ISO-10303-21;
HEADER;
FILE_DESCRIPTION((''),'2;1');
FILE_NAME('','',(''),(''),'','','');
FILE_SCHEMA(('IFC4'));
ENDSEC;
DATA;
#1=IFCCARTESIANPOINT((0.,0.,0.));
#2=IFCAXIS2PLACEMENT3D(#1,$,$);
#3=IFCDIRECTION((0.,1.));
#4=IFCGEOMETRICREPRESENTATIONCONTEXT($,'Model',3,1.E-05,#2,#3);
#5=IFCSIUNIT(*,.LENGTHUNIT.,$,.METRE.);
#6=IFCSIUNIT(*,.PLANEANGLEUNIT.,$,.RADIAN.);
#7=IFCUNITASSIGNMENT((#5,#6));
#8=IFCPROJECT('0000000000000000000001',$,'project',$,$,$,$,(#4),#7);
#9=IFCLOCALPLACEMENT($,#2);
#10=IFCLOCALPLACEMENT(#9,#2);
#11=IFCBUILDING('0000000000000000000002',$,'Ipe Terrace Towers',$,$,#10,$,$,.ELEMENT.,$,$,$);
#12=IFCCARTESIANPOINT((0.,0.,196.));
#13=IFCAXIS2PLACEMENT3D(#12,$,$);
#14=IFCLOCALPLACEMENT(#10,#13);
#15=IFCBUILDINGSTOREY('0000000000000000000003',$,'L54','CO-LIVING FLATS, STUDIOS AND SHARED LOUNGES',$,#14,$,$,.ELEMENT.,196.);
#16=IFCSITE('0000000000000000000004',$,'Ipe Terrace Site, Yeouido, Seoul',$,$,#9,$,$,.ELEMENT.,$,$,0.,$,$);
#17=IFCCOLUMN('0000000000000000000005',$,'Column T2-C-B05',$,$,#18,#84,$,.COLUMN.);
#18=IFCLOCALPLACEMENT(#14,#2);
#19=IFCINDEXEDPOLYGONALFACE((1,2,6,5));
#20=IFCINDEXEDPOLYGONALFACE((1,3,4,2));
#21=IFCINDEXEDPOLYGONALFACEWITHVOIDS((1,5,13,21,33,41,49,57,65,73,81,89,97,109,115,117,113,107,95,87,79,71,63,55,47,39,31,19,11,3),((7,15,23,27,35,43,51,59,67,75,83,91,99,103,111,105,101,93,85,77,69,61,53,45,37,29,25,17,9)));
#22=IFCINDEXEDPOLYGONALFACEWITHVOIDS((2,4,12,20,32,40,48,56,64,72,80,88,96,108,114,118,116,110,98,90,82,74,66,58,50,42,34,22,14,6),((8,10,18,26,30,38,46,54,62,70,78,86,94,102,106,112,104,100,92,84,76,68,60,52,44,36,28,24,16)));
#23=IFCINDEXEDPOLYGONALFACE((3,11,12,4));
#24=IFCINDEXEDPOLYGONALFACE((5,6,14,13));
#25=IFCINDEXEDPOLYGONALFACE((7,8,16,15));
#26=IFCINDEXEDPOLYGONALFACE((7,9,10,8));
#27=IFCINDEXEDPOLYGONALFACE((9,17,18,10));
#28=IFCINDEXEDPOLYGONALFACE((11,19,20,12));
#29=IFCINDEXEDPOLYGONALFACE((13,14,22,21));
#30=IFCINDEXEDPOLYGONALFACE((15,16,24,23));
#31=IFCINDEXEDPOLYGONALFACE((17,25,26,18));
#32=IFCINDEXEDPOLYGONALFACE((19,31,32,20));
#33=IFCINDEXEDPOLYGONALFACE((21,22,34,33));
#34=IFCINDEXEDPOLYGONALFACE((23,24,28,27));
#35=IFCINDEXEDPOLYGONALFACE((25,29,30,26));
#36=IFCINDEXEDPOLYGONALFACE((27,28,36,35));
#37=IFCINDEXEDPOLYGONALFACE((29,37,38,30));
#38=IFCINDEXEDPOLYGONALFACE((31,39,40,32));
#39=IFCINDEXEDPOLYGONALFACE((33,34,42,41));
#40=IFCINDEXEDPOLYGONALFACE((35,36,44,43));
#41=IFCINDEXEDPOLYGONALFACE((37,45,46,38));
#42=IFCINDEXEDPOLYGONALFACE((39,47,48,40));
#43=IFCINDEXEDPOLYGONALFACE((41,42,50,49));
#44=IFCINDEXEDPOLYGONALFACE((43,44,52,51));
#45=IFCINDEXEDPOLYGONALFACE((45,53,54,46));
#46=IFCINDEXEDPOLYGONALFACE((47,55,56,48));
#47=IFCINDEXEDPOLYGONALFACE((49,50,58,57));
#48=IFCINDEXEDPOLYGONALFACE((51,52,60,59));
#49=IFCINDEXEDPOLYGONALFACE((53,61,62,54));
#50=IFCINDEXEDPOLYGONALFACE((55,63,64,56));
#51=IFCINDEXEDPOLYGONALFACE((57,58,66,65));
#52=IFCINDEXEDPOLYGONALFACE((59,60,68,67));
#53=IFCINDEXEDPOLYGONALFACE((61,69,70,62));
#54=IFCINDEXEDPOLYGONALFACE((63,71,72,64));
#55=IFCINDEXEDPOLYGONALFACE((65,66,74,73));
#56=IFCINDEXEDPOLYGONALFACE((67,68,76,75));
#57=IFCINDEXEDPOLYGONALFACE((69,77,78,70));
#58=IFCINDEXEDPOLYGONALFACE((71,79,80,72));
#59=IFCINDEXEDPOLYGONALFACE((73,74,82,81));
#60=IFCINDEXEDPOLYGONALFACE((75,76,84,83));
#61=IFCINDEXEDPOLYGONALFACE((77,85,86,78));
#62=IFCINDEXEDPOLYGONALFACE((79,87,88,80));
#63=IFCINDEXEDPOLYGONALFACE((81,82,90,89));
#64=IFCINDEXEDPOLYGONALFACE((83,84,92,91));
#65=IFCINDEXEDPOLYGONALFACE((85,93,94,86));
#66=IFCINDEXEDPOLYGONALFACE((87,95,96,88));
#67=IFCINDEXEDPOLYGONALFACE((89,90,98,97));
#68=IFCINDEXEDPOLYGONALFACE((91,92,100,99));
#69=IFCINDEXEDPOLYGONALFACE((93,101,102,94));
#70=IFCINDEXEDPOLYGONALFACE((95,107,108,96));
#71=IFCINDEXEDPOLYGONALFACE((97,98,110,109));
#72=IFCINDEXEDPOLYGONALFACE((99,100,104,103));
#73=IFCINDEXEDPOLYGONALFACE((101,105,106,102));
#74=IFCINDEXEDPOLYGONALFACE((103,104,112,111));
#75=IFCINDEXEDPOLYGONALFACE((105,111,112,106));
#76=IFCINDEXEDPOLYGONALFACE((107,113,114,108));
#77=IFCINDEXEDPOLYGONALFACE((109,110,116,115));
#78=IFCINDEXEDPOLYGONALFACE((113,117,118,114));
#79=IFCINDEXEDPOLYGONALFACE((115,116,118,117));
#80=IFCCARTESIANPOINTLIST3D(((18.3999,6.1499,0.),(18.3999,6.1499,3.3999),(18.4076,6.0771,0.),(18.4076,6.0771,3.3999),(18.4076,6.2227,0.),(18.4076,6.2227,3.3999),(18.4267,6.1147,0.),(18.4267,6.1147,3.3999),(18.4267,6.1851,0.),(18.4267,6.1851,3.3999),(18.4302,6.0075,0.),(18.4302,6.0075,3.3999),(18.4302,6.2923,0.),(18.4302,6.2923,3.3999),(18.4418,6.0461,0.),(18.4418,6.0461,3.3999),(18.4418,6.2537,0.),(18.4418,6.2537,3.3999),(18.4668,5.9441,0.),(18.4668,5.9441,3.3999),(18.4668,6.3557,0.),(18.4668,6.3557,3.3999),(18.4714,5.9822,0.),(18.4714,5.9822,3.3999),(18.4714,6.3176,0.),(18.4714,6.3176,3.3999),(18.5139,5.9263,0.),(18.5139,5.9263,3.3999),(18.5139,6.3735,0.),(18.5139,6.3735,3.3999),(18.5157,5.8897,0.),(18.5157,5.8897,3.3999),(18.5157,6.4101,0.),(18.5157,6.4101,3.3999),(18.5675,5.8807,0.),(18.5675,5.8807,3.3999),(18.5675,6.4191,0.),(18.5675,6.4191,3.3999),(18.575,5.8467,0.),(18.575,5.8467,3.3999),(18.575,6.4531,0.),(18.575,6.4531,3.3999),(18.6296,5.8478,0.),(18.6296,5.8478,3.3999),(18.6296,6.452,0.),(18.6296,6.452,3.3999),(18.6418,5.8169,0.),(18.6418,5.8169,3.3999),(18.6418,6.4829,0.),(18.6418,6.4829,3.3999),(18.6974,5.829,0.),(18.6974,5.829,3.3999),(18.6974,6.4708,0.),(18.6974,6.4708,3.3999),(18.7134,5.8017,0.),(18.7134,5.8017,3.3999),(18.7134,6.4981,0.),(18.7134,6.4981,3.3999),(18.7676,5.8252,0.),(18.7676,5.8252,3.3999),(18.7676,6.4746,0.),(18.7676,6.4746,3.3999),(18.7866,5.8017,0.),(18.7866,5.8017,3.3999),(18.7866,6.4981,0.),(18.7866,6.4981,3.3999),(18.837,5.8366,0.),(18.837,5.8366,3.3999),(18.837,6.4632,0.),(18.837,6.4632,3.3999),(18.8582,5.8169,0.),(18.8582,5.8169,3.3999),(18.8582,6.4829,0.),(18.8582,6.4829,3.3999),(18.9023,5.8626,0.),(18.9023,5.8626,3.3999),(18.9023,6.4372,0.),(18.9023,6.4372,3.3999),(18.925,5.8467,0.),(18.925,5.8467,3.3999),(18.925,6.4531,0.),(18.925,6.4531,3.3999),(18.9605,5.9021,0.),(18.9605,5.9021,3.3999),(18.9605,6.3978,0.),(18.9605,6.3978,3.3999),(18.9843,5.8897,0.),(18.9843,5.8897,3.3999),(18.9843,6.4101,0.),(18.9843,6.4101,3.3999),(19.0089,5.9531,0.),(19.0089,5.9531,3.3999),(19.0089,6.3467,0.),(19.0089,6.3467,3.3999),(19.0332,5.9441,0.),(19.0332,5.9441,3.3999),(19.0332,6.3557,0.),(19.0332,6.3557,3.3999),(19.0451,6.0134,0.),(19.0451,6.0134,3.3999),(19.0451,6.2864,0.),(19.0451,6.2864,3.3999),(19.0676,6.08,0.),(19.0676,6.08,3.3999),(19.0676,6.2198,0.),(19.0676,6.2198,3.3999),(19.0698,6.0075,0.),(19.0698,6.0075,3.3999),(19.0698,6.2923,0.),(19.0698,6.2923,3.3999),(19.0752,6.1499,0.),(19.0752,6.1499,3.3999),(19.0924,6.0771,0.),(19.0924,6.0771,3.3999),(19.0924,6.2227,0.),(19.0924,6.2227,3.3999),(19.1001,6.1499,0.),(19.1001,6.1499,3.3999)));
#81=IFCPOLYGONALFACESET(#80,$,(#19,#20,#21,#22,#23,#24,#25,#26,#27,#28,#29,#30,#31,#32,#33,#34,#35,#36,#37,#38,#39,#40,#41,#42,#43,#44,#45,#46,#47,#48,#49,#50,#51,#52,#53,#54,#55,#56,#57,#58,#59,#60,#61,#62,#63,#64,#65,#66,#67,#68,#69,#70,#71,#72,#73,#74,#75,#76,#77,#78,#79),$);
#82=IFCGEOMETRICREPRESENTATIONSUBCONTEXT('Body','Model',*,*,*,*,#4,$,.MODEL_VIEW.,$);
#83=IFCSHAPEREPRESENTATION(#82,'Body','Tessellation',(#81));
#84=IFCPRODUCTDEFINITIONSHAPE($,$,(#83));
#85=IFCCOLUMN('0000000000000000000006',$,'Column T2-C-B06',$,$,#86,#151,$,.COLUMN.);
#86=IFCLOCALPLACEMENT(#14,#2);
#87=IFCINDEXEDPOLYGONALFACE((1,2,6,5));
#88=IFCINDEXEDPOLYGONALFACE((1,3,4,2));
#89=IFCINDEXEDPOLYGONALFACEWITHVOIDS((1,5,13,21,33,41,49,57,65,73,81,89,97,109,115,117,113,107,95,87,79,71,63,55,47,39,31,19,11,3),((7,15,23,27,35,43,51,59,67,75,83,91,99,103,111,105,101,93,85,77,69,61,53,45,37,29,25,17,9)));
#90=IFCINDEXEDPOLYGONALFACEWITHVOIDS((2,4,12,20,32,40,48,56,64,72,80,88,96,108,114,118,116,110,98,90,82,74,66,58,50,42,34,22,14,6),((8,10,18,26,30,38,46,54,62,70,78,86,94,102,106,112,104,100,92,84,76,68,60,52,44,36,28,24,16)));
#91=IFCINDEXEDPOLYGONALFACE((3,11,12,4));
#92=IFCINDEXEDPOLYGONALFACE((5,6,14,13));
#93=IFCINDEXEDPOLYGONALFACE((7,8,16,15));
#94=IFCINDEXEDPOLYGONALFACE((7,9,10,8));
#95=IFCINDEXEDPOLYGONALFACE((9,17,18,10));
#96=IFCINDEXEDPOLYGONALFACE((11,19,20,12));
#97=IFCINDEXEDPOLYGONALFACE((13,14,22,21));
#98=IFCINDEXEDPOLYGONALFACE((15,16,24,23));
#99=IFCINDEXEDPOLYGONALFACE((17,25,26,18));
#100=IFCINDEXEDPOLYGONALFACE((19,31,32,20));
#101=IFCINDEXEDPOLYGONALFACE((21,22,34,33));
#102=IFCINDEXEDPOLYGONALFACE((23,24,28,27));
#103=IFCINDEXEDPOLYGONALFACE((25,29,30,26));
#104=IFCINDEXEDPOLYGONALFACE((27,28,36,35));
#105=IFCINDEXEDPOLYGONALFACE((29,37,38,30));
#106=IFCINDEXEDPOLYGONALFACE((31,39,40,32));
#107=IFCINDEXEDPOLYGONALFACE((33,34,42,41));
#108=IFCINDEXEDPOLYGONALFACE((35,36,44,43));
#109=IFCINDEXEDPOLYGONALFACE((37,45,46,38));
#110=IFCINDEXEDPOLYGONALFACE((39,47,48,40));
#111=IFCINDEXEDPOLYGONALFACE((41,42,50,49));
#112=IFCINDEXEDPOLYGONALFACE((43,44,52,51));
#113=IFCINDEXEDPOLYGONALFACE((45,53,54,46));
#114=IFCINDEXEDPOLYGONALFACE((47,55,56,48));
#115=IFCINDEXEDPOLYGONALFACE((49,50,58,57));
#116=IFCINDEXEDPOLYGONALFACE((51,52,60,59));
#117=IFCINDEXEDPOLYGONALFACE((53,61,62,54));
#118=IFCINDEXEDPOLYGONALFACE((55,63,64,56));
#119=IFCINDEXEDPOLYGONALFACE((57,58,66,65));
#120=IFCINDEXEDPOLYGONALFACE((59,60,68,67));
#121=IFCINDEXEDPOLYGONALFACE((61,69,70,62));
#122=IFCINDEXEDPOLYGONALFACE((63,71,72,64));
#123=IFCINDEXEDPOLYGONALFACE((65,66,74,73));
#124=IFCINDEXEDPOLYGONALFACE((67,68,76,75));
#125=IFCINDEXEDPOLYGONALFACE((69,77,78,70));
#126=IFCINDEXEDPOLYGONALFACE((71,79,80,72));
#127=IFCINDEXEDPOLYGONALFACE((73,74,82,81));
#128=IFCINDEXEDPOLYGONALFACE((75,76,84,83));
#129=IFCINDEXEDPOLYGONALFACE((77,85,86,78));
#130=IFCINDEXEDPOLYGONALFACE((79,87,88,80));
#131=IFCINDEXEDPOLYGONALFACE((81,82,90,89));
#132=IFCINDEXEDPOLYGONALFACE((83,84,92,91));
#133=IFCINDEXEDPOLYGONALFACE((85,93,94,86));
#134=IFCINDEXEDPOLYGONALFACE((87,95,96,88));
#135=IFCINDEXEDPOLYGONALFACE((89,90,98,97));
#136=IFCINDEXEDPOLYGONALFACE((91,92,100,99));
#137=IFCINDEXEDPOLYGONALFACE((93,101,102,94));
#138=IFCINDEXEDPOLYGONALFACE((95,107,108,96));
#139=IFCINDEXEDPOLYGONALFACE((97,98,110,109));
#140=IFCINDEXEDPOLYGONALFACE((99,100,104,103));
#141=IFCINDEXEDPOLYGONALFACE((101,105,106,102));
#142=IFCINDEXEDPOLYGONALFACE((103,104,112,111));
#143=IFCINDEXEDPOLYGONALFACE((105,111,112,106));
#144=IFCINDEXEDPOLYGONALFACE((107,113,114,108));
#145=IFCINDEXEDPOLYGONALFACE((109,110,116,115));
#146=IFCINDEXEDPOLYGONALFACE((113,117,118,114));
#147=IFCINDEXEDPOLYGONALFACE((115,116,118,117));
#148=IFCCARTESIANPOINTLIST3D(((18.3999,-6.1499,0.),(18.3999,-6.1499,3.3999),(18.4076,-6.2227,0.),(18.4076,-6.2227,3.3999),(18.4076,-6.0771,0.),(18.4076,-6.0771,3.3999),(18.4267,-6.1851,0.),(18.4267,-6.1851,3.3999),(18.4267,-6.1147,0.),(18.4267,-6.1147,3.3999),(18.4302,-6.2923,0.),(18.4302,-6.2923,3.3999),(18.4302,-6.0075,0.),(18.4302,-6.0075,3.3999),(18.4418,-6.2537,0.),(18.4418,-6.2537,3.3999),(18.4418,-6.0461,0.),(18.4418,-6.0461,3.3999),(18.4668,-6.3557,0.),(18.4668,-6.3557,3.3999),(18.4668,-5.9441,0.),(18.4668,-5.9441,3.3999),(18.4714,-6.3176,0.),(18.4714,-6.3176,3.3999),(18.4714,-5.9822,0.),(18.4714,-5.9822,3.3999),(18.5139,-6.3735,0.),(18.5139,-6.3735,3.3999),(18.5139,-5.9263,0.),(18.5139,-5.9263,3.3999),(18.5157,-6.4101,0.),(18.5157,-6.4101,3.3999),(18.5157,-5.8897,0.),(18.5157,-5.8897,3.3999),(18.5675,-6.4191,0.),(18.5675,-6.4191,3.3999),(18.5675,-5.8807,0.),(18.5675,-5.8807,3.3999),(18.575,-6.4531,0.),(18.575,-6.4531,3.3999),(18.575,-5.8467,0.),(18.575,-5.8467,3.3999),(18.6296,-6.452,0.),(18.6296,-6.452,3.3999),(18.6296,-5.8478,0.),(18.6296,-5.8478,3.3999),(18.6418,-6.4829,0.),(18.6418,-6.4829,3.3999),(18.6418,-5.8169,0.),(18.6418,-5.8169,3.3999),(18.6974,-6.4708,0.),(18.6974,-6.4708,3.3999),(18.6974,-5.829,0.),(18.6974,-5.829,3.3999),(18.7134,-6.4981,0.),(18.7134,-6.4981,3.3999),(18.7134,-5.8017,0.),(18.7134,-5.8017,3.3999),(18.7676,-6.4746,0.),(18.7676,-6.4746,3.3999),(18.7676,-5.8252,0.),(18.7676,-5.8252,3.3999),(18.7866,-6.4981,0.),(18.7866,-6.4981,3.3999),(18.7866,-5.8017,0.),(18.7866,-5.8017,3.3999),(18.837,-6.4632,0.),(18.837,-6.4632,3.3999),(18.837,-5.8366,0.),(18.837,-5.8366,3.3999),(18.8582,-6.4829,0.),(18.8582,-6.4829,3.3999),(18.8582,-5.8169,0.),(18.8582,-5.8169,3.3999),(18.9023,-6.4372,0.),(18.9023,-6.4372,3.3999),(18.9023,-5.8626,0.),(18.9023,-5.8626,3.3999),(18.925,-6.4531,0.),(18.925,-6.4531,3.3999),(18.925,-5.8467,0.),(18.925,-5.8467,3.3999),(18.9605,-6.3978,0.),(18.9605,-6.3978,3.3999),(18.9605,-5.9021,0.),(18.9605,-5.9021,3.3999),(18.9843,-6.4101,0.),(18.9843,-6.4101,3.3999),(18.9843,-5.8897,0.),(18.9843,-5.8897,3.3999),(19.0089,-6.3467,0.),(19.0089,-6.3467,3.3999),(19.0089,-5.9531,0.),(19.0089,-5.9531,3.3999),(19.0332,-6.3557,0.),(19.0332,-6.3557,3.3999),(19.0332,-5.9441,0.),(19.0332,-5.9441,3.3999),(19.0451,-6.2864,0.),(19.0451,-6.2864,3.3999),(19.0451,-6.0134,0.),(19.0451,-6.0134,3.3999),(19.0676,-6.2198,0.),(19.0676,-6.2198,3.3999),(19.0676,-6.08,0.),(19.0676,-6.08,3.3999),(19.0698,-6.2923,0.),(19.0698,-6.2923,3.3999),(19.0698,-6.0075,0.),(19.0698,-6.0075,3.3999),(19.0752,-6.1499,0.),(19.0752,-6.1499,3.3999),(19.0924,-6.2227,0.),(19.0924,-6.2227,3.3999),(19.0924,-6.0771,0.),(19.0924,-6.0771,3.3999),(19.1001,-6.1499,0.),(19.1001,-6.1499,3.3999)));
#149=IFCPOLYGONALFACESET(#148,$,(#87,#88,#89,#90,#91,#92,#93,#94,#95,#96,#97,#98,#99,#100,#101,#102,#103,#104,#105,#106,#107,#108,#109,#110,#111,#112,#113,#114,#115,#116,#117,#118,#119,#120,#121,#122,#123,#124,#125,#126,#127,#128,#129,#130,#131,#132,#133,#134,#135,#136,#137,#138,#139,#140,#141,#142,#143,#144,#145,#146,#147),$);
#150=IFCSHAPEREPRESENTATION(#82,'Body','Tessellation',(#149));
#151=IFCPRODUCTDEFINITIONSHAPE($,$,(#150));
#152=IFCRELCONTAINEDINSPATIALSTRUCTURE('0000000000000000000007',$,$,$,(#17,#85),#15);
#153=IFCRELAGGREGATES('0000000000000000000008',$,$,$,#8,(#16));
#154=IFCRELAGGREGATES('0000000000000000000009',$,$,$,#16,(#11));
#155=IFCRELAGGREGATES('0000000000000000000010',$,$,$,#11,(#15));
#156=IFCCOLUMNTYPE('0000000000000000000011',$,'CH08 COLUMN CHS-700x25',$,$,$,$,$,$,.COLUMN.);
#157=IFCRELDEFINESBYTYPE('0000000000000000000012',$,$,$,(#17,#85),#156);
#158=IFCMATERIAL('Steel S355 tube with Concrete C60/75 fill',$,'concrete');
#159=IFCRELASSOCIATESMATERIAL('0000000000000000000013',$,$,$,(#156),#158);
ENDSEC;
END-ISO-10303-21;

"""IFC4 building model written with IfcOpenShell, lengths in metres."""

from ifc_helpers import new_model, si_unit, direction, frame, origin, origin_2d, place, context, subcontext, project, spatial, hollow_circle, extrude, material, material_profile, profile_set, type_object, element, save


model = new_model("IFC4")

# Units and contexts
model_context = context("Model", 3, precision=1e-05, world=origin(), true_north=direction((0.0, 1.0)))
body_context = subcontext(model_context, "Body", "Model", "MODEL_VIEW")
ifc_project = project(units=[si_unit("LENGTHUNIT", "METRE"), si_unit("PLANEANGLEUNIT", "RADIAN")], contexts=[model_context])

# Site, building, storey
site_placement = place(None, origin())
site = spatial("IfcSite", under=ifc_project, at=site_placement, Name="Ipe Terrace Site, Yeouido, Seoul", CompositionType="ELEMENT", RefElevation=0.0)
building_placement = place(site_placement, origin())
building = spatial("IfcBuilding", under=site, at=building_placement, Name="Ipe Terrace Towers", CompositionType="ELEMENT")
storey_placement = place(building_placement, frame((0.0, 0.0, 196.0)))
storey = spatial("IfcBuildingStorey", under=building, at=storey_placement, Name="L54", Description="CO-LIVING FLATS, STUDIOS AND SHARED LOUNGES", CompositionType="ELEMENT", Elevation=196.0)

# Columns
ifc_material_1 = material(Name="Steel S355 tube with Concrete C60/75 fill", Category="concrete")
ifc_material_profile_1 = material_profile(ifc_material_1, hollow_circle(Radius=0.3501, WallThickness=0.0249, at=origin_2d()), Name="CHS-700x25")
ifc_profile_set_1 = profile_set([ifc_material_profile_1], Name="Steel S355 tube with Concrete C60/75 fill")
column_type = type_object("IfcColumnType", Name="CH08 COLUMN CHS-700x25", PredefinedType="COLUMN", material=ifc_profile_set_1)
for number, where, z_axis, x_axis, name in (
    (1, (18.75, 6.1499, 0.0), (0.0, 0.0, 1.0), (1.0, 0.0, 0.0), "Column T2-C-B05"),
    (2, (18.75, -6.1499, 0.0), (0.0, 0.0, 1.0), (1.0, 0.0, 0.0), "Column T2-C-B06"),
):
    element("IfcColumn", number, at=place(storey_placement, frame(where, z_axis=z_axis, x_axis=x_axis)), inside=storey, type_object=column_type, Name=name, PredefinedType="COLUMN", context=body_context, shape_type="SweptSolid", body=[
        extrude(hollow_circle(Radius=0.3501, WallThickness=0.0249, at=origin_2d()), origin(), (0.0, 0.0, 1.0), 3.3999),
    ])

save(model, "model.ifc")
